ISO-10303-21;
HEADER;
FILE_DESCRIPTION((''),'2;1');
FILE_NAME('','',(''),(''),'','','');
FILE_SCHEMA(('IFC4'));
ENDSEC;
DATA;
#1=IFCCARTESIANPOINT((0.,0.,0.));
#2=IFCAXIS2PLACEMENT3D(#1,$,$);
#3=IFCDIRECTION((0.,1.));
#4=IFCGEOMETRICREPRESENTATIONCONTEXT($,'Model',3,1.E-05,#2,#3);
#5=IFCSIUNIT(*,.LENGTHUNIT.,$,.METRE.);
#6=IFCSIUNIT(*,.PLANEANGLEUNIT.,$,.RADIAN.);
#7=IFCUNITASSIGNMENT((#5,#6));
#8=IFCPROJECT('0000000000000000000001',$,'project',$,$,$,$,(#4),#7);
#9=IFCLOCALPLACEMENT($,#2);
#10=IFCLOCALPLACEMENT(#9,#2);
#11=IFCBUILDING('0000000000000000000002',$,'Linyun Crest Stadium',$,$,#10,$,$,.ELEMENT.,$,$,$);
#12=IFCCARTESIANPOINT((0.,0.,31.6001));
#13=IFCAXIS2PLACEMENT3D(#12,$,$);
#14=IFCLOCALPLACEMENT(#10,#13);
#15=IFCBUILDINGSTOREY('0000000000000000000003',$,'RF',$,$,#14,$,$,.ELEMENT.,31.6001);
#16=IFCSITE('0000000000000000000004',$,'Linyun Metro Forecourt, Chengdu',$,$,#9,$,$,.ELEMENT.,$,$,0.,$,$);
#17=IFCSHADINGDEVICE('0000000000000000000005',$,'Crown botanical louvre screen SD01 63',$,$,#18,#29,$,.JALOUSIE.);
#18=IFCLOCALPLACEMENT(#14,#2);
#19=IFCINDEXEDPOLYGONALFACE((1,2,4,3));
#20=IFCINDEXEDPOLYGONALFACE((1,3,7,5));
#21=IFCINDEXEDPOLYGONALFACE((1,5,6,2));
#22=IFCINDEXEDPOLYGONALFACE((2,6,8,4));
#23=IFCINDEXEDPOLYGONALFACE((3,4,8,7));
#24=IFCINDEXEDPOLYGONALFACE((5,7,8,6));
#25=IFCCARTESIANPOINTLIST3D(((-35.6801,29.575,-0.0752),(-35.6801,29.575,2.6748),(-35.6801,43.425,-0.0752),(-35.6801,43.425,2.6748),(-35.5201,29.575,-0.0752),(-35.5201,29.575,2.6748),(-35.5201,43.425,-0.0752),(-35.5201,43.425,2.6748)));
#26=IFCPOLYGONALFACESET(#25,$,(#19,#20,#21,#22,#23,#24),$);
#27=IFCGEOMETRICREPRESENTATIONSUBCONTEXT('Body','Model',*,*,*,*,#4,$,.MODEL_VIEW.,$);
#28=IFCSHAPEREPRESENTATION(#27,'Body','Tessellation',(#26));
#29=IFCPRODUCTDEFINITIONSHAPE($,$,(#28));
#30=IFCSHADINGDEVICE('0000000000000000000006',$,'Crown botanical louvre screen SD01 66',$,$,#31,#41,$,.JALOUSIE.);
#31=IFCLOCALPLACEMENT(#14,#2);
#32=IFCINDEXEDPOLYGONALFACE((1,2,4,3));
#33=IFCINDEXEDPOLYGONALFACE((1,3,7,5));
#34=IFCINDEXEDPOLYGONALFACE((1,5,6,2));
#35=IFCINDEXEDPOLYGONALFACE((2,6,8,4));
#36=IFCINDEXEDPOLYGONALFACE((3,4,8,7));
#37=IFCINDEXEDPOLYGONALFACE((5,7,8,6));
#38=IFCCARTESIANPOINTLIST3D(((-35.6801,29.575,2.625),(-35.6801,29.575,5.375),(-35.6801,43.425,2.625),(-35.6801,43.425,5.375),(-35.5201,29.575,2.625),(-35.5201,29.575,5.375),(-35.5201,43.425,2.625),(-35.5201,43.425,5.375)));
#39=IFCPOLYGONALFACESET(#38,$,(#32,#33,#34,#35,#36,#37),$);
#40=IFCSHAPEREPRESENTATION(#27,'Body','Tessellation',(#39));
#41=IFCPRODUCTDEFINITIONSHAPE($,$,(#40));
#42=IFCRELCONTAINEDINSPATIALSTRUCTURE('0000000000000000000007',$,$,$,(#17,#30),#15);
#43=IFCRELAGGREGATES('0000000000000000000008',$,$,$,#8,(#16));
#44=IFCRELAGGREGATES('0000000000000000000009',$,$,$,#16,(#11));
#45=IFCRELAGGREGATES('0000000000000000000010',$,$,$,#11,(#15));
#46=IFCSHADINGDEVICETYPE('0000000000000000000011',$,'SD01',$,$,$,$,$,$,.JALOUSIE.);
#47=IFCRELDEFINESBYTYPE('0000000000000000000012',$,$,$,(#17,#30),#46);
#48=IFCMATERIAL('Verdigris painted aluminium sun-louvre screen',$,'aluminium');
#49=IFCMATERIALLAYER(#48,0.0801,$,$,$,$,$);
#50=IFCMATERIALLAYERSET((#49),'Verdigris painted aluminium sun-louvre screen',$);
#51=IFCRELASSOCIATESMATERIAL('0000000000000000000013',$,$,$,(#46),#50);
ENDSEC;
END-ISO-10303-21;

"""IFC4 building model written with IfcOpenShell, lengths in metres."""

from ifc_helpers import new_model, si_unit, direction, frame, origin, origin_2d, place, context, subcontext, project, spatial, rectangle, extrude, material, layer, layer_set, type_object, element, save


model = new_model("IFC4")

# Units and contexts
model_context = context("Model", 3, precision=1e-05, world=origin(), true_north=direction((0.0, 1.0)))
body_context = subcontext(model_context, "Body", "Model", "MODEL_VIEW")
ifc_project = project(units=[si_unit("LENGTHUNIT", "METRE"), si_unit("PLANEANGLEUNIT", "RADIAN")], contexts=[model_context])

# Site, building, storey
site_placement = place(None, origin())
site = spatial("IfcSite", under=ifc_project, at=site_placement, Name="Linyun Metro Forecourt, Chengdu", CompositionType="ELEMENT", RefElevation=0.0)
building_placement = place(site_placement, origin())
building = spatial("IfcBuilding", under=site, at=building_placement, Name="Linyun Crest Stadium", CompositionType="ELEMENT")
storey_placement = place(building_placement, frame((0.0, 0.0, 31.6001)))
storey = spatial("IfcBuildingStorey", under=building, at=storey_placement, Name="RF", CompositionType="ELEMENT", Elevation=31.6001)

# Shading devices
ifc_material_1 = material(Name="Verdigris painted aluminium sun-louvre screen", Category="aluminium")
ifc_layer_1 = layer(ifc_material_1, 0.0801)
ifc_layer_set_1 = layer_set([ifc_layer_1], Name="Verdigris painted aluminium sun-louvre screen")
shading_device_type = type_object("IfcShadingDeviceType", Name="SD01", PredefinedType="JALOUSIE", material=ifc_layer_set_1)
for number, where, z_axis, x_axis, name in (
    (1, (-35.6001, 36.5, -0.0752), (0.0, 0.0, 1.0), (1.0, 0.0, 0.0), "Crown botanical louvre screen SD01 63"),
    (2, (-35.6001, 36.5, 2.625), (0.0, 0.0, 1.0), (1.0, 0.0, 0.0), "Crown botanical louvre screen SD01 66"),
):
    element("IfcShadingDevice", number, at=place(storey_placement, frame(where, z_axis=z_axis, x_axis=x_axis)), inside=storey, type_object=shading_device_type, Name=name, PredefinedType="JALOUSIE", context=body_context, shape_type="SweptSolid", body=[
        extrude(rectangle(XDim=0.1599, YDim=13.8501, at=origin_2d()), origin(), (0.0, 0.0, 1.0), 2.75),
    ])

save(model, "model.ifc")
